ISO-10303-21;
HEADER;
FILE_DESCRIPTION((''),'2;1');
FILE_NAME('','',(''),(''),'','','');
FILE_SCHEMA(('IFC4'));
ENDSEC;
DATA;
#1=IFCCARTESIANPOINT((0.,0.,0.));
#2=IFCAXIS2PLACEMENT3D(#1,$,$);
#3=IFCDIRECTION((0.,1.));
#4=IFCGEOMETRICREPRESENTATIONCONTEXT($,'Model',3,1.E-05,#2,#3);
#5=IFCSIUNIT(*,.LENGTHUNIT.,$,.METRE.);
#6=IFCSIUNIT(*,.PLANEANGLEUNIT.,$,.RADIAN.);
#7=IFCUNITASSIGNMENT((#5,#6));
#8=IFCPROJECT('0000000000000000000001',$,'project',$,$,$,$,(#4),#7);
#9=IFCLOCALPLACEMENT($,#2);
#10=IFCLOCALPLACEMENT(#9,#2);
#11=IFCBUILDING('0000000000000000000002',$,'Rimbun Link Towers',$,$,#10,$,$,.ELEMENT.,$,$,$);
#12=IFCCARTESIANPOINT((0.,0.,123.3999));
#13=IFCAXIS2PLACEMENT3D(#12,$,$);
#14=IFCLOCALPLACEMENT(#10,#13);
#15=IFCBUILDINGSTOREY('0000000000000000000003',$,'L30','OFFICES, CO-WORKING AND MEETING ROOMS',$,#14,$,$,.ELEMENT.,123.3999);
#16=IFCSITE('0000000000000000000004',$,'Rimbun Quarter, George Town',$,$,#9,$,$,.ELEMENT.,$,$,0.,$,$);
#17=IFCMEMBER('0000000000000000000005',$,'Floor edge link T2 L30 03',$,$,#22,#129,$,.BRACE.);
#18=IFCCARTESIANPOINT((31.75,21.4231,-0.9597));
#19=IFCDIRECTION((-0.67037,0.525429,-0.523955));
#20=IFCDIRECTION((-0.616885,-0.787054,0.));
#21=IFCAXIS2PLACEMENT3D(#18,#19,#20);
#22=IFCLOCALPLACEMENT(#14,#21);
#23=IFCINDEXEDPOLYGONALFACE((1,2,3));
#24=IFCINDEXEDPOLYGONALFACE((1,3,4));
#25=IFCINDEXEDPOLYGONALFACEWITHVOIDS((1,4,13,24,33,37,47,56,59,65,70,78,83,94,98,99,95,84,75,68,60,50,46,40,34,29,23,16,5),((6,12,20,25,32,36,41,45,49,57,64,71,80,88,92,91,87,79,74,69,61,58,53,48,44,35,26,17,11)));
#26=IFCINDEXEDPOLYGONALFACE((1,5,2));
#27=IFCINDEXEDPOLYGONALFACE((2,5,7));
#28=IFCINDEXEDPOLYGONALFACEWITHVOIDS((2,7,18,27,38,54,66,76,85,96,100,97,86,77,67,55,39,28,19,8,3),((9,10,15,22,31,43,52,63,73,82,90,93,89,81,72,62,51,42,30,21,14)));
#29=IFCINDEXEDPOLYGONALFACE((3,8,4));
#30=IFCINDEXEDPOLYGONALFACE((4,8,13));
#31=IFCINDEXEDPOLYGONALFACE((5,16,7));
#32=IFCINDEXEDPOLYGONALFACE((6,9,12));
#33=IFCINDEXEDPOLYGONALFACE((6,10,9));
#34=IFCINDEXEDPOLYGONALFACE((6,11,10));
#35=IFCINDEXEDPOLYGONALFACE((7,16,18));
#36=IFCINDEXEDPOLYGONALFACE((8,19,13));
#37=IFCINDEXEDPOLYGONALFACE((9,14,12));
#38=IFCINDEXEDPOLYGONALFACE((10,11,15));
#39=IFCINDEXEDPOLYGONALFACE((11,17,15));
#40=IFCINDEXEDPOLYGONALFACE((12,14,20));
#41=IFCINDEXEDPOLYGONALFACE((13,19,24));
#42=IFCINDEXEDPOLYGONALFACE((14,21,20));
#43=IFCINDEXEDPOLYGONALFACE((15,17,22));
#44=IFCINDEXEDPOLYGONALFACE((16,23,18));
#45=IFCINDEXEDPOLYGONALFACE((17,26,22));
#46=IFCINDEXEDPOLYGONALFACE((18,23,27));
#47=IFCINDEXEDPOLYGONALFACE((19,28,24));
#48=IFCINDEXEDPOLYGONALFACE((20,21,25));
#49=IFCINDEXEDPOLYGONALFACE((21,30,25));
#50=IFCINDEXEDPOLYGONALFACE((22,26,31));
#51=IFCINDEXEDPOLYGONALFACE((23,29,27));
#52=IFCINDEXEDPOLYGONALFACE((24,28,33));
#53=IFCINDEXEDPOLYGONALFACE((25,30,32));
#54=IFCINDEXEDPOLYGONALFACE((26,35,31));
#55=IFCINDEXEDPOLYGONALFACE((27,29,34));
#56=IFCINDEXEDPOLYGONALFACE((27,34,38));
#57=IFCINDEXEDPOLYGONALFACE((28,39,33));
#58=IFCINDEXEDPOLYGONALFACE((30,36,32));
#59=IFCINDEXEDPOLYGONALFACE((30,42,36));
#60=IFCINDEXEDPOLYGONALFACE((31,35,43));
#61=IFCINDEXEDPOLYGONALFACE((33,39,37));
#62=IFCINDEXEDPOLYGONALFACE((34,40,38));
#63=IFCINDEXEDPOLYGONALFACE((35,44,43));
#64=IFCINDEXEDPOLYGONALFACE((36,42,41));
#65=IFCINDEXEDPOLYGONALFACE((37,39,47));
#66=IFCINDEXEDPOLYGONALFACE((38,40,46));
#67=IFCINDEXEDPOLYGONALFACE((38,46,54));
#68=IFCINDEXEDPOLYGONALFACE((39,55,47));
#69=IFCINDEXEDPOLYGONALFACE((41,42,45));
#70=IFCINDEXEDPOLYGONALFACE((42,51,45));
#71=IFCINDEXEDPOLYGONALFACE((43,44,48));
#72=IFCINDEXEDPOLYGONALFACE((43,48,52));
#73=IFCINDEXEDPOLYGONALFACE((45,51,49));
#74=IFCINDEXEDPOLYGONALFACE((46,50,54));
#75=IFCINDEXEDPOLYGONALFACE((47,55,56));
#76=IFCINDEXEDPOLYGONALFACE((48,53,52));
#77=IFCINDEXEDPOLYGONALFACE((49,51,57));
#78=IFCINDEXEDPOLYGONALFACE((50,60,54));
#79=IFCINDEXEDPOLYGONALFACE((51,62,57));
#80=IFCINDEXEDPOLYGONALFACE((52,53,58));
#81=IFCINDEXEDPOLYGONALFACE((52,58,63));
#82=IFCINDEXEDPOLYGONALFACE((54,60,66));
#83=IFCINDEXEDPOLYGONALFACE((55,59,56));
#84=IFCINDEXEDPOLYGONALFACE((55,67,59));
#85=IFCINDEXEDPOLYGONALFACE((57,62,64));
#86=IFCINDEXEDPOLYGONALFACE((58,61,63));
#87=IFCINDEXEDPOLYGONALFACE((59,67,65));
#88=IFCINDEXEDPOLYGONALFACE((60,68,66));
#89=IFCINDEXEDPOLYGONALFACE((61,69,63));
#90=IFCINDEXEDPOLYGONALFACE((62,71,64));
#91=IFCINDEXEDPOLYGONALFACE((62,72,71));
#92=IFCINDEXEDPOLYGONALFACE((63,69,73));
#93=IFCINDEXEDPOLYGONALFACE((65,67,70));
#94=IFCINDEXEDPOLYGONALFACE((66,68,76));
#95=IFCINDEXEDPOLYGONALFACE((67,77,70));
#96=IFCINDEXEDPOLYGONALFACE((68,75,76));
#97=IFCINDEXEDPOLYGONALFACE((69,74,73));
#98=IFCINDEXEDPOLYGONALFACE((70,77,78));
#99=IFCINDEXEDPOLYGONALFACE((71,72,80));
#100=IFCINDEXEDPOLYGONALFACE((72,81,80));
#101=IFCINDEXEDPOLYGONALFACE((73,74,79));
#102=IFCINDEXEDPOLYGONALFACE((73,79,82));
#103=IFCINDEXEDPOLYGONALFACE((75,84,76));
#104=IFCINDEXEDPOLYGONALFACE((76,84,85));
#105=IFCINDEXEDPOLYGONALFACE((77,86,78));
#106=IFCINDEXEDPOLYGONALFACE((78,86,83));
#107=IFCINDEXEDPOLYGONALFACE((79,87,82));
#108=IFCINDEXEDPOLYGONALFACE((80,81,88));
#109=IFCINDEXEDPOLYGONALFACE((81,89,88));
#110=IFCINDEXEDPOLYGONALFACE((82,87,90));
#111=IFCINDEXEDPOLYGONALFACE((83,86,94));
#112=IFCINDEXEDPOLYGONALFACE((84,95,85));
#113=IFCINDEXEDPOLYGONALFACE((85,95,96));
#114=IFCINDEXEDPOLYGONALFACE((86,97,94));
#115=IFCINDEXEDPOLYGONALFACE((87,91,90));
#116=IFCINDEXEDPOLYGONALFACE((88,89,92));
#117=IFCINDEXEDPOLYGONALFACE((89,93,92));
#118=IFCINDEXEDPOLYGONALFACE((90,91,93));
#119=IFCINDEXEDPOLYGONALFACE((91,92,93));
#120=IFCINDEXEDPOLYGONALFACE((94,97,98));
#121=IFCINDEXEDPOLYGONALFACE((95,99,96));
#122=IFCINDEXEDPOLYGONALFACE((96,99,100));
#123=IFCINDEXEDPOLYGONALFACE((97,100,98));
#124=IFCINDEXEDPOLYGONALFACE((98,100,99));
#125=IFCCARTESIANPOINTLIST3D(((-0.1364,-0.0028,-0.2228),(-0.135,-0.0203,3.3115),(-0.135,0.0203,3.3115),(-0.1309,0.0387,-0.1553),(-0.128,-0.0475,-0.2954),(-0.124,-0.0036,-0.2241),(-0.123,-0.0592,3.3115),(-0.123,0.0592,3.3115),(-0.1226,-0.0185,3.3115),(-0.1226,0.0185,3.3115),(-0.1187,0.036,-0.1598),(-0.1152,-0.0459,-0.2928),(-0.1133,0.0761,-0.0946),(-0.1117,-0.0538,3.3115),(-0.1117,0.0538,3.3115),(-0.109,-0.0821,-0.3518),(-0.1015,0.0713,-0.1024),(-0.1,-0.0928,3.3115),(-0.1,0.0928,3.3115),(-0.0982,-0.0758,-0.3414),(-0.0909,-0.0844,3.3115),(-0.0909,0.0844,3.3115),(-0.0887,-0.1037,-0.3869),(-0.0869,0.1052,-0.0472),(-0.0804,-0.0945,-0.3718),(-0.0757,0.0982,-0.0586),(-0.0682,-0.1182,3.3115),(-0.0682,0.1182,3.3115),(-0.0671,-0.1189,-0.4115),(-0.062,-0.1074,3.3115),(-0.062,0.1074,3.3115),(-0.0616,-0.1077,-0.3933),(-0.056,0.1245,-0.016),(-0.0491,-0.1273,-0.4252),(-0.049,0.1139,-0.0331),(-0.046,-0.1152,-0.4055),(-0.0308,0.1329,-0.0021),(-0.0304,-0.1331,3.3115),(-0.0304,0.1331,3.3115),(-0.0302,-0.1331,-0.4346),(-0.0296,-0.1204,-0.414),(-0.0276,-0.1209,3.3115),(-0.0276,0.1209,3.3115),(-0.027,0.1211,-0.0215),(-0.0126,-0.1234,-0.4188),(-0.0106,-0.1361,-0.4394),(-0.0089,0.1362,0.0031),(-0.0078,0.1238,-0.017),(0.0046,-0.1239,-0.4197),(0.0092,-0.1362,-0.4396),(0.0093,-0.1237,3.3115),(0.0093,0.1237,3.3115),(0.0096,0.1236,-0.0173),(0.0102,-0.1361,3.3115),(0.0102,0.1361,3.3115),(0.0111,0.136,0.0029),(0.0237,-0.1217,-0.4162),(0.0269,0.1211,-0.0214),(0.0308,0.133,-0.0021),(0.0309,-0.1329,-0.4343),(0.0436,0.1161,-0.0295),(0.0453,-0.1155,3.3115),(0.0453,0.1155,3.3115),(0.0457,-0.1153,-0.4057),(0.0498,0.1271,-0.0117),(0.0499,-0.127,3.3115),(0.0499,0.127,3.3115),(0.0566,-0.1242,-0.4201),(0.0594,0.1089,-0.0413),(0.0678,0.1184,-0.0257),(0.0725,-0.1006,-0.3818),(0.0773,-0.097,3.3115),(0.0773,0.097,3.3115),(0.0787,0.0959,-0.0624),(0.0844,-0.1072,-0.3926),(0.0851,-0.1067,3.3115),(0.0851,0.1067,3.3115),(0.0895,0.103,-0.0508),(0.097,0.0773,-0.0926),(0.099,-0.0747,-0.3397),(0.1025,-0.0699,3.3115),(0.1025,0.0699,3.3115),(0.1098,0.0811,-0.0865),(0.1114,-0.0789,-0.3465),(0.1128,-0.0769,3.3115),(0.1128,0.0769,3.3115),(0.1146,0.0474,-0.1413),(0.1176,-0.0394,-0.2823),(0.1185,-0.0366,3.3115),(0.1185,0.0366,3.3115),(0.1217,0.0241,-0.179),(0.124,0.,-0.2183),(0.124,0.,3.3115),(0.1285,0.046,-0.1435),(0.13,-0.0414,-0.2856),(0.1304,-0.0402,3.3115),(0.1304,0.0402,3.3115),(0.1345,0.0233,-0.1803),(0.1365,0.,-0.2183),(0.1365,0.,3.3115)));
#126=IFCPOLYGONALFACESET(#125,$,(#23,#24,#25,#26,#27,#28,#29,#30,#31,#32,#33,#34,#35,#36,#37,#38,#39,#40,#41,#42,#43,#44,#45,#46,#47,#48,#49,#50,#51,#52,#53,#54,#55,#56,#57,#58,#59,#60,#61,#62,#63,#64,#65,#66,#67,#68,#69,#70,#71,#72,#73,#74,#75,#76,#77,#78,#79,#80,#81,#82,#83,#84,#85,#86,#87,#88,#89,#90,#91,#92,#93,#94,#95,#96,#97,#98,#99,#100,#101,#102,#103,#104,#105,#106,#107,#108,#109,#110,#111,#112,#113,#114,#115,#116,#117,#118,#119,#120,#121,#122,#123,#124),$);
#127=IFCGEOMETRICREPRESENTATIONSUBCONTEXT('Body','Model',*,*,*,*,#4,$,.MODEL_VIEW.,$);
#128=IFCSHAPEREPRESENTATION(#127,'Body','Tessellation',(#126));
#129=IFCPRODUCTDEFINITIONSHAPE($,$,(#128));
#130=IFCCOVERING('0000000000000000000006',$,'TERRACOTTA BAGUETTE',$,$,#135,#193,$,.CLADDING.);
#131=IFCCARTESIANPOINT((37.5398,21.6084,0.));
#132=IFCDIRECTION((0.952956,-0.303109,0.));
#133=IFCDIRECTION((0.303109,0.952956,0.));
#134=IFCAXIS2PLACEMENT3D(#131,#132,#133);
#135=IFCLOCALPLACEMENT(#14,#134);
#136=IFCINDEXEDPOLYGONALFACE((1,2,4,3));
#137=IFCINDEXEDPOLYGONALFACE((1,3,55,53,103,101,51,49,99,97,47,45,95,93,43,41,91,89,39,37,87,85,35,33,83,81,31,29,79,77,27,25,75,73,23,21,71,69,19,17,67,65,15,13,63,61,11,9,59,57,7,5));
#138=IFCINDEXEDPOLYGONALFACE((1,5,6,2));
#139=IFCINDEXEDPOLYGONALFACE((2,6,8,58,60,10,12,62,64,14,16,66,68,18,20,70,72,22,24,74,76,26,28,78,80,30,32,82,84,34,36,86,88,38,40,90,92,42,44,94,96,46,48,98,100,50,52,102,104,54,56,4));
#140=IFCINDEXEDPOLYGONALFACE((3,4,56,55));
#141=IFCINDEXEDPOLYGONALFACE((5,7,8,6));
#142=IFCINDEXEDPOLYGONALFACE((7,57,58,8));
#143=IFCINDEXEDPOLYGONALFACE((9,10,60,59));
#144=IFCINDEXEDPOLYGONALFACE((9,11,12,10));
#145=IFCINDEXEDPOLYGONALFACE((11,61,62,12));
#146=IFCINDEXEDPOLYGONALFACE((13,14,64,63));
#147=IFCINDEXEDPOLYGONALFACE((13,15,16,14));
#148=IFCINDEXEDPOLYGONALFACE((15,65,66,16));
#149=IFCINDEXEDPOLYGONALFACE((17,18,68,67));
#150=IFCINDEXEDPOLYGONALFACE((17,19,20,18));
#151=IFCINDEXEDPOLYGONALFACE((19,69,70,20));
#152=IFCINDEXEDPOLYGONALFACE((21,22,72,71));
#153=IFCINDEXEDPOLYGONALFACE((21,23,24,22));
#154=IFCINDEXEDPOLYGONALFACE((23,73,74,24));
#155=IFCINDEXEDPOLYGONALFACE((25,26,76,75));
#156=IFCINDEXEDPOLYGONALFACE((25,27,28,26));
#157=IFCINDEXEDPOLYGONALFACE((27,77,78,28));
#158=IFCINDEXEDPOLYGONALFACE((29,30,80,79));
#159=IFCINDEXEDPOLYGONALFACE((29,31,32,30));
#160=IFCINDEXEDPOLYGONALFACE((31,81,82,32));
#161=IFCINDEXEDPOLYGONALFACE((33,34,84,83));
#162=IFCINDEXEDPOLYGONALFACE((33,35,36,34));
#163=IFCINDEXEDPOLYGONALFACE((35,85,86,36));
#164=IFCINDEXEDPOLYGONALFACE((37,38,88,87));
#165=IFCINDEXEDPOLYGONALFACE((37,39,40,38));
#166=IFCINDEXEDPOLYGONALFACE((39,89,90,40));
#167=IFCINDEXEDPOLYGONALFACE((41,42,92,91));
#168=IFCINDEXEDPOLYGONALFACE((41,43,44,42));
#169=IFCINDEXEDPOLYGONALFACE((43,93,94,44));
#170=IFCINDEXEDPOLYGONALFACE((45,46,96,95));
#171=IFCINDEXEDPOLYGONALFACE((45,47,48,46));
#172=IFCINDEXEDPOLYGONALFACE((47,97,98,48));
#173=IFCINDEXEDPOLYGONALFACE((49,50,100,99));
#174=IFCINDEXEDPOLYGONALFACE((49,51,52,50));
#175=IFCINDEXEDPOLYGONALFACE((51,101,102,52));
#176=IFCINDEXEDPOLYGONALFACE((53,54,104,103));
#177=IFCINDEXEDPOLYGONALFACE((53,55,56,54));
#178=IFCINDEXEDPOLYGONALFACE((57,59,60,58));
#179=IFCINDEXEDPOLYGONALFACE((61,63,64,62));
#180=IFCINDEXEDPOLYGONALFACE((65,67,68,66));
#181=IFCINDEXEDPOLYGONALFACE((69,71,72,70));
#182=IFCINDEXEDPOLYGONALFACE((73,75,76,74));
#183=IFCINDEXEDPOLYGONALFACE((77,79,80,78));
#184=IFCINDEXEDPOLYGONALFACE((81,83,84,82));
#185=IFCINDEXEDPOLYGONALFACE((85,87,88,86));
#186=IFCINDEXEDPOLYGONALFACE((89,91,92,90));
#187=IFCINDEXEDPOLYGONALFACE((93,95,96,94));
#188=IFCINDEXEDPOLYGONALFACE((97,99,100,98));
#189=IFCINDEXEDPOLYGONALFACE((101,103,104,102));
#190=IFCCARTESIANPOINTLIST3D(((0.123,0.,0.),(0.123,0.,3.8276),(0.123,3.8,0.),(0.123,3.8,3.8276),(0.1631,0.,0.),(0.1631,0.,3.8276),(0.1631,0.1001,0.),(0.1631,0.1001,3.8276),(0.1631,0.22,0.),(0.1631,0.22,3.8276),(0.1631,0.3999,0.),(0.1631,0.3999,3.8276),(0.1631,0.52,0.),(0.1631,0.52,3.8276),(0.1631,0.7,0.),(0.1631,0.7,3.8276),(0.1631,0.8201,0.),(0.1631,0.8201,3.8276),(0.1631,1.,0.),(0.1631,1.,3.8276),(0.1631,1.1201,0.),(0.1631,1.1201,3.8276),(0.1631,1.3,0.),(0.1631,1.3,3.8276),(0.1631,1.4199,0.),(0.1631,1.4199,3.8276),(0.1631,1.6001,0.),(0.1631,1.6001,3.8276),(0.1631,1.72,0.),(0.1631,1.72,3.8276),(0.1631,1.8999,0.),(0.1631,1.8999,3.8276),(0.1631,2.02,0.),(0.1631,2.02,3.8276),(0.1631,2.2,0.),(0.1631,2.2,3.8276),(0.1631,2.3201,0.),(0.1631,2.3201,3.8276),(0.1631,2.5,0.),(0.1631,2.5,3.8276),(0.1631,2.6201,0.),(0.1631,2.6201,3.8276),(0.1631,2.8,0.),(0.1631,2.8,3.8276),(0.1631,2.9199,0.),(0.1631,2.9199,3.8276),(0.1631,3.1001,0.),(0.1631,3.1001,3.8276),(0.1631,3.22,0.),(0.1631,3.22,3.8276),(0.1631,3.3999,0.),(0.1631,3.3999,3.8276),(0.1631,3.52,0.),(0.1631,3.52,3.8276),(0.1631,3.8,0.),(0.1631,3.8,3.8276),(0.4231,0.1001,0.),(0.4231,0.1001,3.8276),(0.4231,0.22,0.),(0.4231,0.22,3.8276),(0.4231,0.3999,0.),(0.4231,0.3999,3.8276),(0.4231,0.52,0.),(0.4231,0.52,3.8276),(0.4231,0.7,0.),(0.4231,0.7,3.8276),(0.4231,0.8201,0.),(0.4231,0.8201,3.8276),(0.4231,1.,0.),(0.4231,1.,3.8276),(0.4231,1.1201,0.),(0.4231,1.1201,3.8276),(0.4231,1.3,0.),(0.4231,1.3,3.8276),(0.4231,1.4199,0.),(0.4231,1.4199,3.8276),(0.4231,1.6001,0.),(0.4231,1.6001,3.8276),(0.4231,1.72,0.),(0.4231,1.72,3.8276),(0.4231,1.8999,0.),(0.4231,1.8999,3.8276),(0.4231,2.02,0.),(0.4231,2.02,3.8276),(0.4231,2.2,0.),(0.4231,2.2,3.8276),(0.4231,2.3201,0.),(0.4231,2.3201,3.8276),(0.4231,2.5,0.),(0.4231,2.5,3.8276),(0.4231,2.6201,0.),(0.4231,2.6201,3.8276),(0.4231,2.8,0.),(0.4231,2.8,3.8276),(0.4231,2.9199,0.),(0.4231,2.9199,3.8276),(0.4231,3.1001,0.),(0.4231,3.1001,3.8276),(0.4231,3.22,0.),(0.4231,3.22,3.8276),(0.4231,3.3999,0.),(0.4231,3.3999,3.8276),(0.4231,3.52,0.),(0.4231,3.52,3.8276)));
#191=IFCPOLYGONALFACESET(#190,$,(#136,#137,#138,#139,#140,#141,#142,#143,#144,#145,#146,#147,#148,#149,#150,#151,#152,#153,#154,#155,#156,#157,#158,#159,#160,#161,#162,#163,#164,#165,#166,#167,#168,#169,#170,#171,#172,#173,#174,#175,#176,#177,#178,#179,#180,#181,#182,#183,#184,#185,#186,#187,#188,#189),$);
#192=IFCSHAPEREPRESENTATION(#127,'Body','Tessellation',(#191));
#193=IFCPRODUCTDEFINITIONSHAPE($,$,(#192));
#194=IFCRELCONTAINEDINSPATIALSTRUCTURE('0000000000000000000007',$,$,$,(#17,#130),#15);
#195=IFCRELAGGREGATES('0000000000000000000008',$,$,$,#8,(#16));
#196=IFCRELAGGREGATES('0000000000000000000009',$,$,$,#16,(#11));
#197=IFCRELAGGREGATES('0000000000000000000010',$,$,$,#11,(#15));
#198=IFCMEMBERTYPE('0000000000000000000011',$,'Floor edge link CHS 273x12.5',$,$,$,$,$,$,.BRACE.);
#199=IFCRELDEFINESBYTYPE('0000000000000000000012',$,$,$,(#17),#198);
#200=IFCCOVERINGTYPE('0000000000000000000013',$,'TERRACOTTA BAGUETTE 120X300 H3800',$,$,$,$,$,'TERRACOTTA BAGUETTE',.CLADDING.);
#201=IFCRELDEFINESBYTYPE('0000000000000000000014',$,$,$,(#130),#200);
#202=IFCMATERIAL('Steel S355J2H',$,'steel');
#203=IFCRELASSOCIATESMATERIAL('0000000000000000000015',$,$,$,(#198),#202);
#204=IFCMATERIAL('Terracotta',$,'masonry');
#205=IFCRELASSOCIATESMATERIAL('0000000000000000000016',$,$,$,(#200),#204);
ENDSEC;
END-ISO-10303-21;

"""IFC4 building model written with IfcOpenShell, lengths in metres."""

from ifc_helpers import new_model, si_unit, direction, frame, origin, origin_2d, place, context, subcontext, project, spatial, polyline, hollow_circle, outline, extrude, clip, halfspace, material, material_profile, profile_set, type_object, element, save


model = new_model("IFC4")

# Units and contexts
model_context = context("Model", 3, precision=1e-05, world=origin(), true_north=direction((0.0, 1.0)))
body_context = subcontext(model_context, "Body", "Model", "MODEL_VIEW")
ifc_project = project(units=[si_unit("LENGTHUNIT", "METRE"), si_unit("PLANEANGLEUNIT", "RADIAN")], contexts=[model_context])

# Site, building, storey
site_placement = place(None, origin())
site = spatial("IfcSite", under=ifc_project, at=site_placement, Name="Rimbun Quarter, George Town", CompositionType="ELEMENT", RefElevation=0.0)
building_placement = place(site_placement, origin())
building = spatial("IfcBuilding", under=site, at=building_placement, Name="Rimbun Link Towers", CompositionType="ELEMENT")
storey_placement = place(building_placement, frame((0.0, 0.0, 123.3999)))
storey = spatial("IfcBuildingStorey", under=building, at=storey_placement, Name="L30", Description="OFFICES, CO-WORKING AND MEETING ROOMS", CompositionType="ELEMENT", Elevation=123.3999)

# Member
ifc_material_1 = material(Name="Steel S355J2H", Category="steel")
ifc_material_profile_1 = material_profile(ifc_material_1, hollow_circle(Radius=0.1365, WallThickness=0.0125, at=origin_2d()), Name="CHS 273x12.5")
ifc_profile_set_1 = profile_set([ifc_material_profile_1], Name="Steel S355J2H")
member_type_1 = type_object("IfcMemberType", Name="Floor edge link CHS 273x12.5", PredefinedType="BRACE", material=ifc_profile_set_1)
member_1_placement = place(storey_placement, frame((31.75, 21.4231, -0.9597), z_axis=(-0.67037, 0.525429, -0.523955), x_axis=(-0.616885, -0.787054, 0.0)))
element("IfcMember", 1, at=member_1_placement, inside=storey, type_object=member_type_1, Name="Floor edge link T2 L30 03", PredefinedType="BRACE", context=body_context, shape_type="Clipping", body=[
    clip(extrude(hollow_circle(Radius=0.1365, WallThickness=0.0125, at=origin_2d()), frame((0.0, 0.0, -0.4629)), (0.0, 0.0, 1.0), 3.7744), halfspace(frame((0.0, 0.0, -0.2183), z_axis=(0.0, 0.851746, -0.523955)), False)),
])

# Covering
ifc_material_2 = material(Name="Terracotta", Category="masonry")
ifc_material_profile_2 = material_profile(ifc_material_2, outline(polyline([(0.123, 0.0), (0.1631, 0.0), (0.1631, 0.1001), (0.4231, 0.1001), (0.4231, 0.22), (0.1631, 0.22), (0.1631, 0.3999), (0.4231, 0.3999), (0.4231, 0.52), (0.1631, 0.52), (0.1631, 0.7), (0.4231, 0.7), (0.4231, 0.8201), (0.1631, 0.8201), (0.1631, 1.0), (0.4231, 1.0), (0.4231, 1.1201), (0.1631, 1.1201), (0.1631, 1.3), (0.4231, 1.3), (0.4231, 1.4199), (0.1631, 1.4199), (0.1631, 1.6001), (0.4231, 1.6001), (0.4231, 1.72), (0.1631, 1.72), (0.1631, 1.8999), (0.4231, 1.8999), (0.4231, 2.02), (0.1631, 2.02), (0.1631, 2.2), (0.4231, 2.2), (0.4231, 2.3201), (0.1631, 2.3201), (0.1631, 2.5), (0.4231, 2.5), (0.4231, 2.6201), (0.1631, 2.6201), (0.1631, 2.8), (0.4231, 2.8), (0.4231, 2.9199), (0.1631, 2.9199), (0.1631, 3.1001), (0.4231, 3.1001), (0.4231, 3.22), (0.1631, 3.22), (0.1631, 3.3999), (0.4231, 3.3999), (0.4231, 3.52), (0.1631, 3.52), (0.1631, 3.8), (0.123, 3.8), (0.123, 0.0)])), Name="BAGUETTE 120X300")
ifc_profile_set_2 = profile_set([ifc_material_profile_2], Name="Terracotta")
covering_type = type_object("IfcCoveringType", Name="TERRACOTTA BAGUETTE 120X300 H3800", ElementType="TERRACOTTA BAGUETTE", PredefinedType="CLADDING", material=ifc_profile_set_2)
covering_1_placement = place(storey_placement, frame((37.5398, 21.6084, 0.0), z_axis=(0.952956, -0.303109, 0.0), x_axis=(0.303109, 0.952956, 0.0)))
element("IfcCovering", 2, at=covering_1_placement, inside=storey, type_object=covering_type, Name="TERRACOTTA BAGUETTE", PredefinedType="CLADDING", context=body_context, shape_type="SweptSolid", body=[
    extrude(outline(polyline([(0.123, 0.0), (0.1631, 0.0), (0.1631, 0.1001), (0.4231, 0.1001), (0.4231, 0.22), (0.1631, 0.22), (0.1631, 0.3999), (0.4231, 0.3999), (0.4231, 0.52), (0.1631, 0.52), (0.1631, 0.7), (0.4231, 0.7), (0.4231, 0.8201), (0.1631, 0.8201), (0.1631, 1.0), (0.4231, 1.0), (0.4231, 1.1201), (0.1631, 1.1201), (0.1631, 1.3), (0.4231, 1.3), (0.4231, 1.4199), (0.1631, 1.4199), (0.1631, 1.6001), (0.4231, 1.6001), (0.4231, 1.72), (0.1631, 1.72), (0.1631, 1.8999), (0.4231, 1.8999), (0.4231, 2.02), (0.1631, 2.02), (0.1631, 2.2), (0.4231, 2.2), (0.4231, 2.3201), (0.1631, 2.3201), (0.1631, 2.5), (0.4231, 2.5), (0.4231, 2.6201), (0.1631, 2.6201), (0.1631, 2.8), (0.4231, 2.8), (0.4231, 2.9199), (0.1631, 2.9199), (0.1631, 3.1001), (0.4231, 3.1001), (0.4231, 3.22), (0.1631, 3.22), (0.1631, 3.3999), (0.4231, 3.3999), (0.4231, 3.52), (0.1631, 3.52), (0.1631, 3.8), (0.123, 3.8), (0.123, 0.0)])), origin(), (0.0, 0.0, 1.0), 3.8276),
])

save(model, "model.ifc")
